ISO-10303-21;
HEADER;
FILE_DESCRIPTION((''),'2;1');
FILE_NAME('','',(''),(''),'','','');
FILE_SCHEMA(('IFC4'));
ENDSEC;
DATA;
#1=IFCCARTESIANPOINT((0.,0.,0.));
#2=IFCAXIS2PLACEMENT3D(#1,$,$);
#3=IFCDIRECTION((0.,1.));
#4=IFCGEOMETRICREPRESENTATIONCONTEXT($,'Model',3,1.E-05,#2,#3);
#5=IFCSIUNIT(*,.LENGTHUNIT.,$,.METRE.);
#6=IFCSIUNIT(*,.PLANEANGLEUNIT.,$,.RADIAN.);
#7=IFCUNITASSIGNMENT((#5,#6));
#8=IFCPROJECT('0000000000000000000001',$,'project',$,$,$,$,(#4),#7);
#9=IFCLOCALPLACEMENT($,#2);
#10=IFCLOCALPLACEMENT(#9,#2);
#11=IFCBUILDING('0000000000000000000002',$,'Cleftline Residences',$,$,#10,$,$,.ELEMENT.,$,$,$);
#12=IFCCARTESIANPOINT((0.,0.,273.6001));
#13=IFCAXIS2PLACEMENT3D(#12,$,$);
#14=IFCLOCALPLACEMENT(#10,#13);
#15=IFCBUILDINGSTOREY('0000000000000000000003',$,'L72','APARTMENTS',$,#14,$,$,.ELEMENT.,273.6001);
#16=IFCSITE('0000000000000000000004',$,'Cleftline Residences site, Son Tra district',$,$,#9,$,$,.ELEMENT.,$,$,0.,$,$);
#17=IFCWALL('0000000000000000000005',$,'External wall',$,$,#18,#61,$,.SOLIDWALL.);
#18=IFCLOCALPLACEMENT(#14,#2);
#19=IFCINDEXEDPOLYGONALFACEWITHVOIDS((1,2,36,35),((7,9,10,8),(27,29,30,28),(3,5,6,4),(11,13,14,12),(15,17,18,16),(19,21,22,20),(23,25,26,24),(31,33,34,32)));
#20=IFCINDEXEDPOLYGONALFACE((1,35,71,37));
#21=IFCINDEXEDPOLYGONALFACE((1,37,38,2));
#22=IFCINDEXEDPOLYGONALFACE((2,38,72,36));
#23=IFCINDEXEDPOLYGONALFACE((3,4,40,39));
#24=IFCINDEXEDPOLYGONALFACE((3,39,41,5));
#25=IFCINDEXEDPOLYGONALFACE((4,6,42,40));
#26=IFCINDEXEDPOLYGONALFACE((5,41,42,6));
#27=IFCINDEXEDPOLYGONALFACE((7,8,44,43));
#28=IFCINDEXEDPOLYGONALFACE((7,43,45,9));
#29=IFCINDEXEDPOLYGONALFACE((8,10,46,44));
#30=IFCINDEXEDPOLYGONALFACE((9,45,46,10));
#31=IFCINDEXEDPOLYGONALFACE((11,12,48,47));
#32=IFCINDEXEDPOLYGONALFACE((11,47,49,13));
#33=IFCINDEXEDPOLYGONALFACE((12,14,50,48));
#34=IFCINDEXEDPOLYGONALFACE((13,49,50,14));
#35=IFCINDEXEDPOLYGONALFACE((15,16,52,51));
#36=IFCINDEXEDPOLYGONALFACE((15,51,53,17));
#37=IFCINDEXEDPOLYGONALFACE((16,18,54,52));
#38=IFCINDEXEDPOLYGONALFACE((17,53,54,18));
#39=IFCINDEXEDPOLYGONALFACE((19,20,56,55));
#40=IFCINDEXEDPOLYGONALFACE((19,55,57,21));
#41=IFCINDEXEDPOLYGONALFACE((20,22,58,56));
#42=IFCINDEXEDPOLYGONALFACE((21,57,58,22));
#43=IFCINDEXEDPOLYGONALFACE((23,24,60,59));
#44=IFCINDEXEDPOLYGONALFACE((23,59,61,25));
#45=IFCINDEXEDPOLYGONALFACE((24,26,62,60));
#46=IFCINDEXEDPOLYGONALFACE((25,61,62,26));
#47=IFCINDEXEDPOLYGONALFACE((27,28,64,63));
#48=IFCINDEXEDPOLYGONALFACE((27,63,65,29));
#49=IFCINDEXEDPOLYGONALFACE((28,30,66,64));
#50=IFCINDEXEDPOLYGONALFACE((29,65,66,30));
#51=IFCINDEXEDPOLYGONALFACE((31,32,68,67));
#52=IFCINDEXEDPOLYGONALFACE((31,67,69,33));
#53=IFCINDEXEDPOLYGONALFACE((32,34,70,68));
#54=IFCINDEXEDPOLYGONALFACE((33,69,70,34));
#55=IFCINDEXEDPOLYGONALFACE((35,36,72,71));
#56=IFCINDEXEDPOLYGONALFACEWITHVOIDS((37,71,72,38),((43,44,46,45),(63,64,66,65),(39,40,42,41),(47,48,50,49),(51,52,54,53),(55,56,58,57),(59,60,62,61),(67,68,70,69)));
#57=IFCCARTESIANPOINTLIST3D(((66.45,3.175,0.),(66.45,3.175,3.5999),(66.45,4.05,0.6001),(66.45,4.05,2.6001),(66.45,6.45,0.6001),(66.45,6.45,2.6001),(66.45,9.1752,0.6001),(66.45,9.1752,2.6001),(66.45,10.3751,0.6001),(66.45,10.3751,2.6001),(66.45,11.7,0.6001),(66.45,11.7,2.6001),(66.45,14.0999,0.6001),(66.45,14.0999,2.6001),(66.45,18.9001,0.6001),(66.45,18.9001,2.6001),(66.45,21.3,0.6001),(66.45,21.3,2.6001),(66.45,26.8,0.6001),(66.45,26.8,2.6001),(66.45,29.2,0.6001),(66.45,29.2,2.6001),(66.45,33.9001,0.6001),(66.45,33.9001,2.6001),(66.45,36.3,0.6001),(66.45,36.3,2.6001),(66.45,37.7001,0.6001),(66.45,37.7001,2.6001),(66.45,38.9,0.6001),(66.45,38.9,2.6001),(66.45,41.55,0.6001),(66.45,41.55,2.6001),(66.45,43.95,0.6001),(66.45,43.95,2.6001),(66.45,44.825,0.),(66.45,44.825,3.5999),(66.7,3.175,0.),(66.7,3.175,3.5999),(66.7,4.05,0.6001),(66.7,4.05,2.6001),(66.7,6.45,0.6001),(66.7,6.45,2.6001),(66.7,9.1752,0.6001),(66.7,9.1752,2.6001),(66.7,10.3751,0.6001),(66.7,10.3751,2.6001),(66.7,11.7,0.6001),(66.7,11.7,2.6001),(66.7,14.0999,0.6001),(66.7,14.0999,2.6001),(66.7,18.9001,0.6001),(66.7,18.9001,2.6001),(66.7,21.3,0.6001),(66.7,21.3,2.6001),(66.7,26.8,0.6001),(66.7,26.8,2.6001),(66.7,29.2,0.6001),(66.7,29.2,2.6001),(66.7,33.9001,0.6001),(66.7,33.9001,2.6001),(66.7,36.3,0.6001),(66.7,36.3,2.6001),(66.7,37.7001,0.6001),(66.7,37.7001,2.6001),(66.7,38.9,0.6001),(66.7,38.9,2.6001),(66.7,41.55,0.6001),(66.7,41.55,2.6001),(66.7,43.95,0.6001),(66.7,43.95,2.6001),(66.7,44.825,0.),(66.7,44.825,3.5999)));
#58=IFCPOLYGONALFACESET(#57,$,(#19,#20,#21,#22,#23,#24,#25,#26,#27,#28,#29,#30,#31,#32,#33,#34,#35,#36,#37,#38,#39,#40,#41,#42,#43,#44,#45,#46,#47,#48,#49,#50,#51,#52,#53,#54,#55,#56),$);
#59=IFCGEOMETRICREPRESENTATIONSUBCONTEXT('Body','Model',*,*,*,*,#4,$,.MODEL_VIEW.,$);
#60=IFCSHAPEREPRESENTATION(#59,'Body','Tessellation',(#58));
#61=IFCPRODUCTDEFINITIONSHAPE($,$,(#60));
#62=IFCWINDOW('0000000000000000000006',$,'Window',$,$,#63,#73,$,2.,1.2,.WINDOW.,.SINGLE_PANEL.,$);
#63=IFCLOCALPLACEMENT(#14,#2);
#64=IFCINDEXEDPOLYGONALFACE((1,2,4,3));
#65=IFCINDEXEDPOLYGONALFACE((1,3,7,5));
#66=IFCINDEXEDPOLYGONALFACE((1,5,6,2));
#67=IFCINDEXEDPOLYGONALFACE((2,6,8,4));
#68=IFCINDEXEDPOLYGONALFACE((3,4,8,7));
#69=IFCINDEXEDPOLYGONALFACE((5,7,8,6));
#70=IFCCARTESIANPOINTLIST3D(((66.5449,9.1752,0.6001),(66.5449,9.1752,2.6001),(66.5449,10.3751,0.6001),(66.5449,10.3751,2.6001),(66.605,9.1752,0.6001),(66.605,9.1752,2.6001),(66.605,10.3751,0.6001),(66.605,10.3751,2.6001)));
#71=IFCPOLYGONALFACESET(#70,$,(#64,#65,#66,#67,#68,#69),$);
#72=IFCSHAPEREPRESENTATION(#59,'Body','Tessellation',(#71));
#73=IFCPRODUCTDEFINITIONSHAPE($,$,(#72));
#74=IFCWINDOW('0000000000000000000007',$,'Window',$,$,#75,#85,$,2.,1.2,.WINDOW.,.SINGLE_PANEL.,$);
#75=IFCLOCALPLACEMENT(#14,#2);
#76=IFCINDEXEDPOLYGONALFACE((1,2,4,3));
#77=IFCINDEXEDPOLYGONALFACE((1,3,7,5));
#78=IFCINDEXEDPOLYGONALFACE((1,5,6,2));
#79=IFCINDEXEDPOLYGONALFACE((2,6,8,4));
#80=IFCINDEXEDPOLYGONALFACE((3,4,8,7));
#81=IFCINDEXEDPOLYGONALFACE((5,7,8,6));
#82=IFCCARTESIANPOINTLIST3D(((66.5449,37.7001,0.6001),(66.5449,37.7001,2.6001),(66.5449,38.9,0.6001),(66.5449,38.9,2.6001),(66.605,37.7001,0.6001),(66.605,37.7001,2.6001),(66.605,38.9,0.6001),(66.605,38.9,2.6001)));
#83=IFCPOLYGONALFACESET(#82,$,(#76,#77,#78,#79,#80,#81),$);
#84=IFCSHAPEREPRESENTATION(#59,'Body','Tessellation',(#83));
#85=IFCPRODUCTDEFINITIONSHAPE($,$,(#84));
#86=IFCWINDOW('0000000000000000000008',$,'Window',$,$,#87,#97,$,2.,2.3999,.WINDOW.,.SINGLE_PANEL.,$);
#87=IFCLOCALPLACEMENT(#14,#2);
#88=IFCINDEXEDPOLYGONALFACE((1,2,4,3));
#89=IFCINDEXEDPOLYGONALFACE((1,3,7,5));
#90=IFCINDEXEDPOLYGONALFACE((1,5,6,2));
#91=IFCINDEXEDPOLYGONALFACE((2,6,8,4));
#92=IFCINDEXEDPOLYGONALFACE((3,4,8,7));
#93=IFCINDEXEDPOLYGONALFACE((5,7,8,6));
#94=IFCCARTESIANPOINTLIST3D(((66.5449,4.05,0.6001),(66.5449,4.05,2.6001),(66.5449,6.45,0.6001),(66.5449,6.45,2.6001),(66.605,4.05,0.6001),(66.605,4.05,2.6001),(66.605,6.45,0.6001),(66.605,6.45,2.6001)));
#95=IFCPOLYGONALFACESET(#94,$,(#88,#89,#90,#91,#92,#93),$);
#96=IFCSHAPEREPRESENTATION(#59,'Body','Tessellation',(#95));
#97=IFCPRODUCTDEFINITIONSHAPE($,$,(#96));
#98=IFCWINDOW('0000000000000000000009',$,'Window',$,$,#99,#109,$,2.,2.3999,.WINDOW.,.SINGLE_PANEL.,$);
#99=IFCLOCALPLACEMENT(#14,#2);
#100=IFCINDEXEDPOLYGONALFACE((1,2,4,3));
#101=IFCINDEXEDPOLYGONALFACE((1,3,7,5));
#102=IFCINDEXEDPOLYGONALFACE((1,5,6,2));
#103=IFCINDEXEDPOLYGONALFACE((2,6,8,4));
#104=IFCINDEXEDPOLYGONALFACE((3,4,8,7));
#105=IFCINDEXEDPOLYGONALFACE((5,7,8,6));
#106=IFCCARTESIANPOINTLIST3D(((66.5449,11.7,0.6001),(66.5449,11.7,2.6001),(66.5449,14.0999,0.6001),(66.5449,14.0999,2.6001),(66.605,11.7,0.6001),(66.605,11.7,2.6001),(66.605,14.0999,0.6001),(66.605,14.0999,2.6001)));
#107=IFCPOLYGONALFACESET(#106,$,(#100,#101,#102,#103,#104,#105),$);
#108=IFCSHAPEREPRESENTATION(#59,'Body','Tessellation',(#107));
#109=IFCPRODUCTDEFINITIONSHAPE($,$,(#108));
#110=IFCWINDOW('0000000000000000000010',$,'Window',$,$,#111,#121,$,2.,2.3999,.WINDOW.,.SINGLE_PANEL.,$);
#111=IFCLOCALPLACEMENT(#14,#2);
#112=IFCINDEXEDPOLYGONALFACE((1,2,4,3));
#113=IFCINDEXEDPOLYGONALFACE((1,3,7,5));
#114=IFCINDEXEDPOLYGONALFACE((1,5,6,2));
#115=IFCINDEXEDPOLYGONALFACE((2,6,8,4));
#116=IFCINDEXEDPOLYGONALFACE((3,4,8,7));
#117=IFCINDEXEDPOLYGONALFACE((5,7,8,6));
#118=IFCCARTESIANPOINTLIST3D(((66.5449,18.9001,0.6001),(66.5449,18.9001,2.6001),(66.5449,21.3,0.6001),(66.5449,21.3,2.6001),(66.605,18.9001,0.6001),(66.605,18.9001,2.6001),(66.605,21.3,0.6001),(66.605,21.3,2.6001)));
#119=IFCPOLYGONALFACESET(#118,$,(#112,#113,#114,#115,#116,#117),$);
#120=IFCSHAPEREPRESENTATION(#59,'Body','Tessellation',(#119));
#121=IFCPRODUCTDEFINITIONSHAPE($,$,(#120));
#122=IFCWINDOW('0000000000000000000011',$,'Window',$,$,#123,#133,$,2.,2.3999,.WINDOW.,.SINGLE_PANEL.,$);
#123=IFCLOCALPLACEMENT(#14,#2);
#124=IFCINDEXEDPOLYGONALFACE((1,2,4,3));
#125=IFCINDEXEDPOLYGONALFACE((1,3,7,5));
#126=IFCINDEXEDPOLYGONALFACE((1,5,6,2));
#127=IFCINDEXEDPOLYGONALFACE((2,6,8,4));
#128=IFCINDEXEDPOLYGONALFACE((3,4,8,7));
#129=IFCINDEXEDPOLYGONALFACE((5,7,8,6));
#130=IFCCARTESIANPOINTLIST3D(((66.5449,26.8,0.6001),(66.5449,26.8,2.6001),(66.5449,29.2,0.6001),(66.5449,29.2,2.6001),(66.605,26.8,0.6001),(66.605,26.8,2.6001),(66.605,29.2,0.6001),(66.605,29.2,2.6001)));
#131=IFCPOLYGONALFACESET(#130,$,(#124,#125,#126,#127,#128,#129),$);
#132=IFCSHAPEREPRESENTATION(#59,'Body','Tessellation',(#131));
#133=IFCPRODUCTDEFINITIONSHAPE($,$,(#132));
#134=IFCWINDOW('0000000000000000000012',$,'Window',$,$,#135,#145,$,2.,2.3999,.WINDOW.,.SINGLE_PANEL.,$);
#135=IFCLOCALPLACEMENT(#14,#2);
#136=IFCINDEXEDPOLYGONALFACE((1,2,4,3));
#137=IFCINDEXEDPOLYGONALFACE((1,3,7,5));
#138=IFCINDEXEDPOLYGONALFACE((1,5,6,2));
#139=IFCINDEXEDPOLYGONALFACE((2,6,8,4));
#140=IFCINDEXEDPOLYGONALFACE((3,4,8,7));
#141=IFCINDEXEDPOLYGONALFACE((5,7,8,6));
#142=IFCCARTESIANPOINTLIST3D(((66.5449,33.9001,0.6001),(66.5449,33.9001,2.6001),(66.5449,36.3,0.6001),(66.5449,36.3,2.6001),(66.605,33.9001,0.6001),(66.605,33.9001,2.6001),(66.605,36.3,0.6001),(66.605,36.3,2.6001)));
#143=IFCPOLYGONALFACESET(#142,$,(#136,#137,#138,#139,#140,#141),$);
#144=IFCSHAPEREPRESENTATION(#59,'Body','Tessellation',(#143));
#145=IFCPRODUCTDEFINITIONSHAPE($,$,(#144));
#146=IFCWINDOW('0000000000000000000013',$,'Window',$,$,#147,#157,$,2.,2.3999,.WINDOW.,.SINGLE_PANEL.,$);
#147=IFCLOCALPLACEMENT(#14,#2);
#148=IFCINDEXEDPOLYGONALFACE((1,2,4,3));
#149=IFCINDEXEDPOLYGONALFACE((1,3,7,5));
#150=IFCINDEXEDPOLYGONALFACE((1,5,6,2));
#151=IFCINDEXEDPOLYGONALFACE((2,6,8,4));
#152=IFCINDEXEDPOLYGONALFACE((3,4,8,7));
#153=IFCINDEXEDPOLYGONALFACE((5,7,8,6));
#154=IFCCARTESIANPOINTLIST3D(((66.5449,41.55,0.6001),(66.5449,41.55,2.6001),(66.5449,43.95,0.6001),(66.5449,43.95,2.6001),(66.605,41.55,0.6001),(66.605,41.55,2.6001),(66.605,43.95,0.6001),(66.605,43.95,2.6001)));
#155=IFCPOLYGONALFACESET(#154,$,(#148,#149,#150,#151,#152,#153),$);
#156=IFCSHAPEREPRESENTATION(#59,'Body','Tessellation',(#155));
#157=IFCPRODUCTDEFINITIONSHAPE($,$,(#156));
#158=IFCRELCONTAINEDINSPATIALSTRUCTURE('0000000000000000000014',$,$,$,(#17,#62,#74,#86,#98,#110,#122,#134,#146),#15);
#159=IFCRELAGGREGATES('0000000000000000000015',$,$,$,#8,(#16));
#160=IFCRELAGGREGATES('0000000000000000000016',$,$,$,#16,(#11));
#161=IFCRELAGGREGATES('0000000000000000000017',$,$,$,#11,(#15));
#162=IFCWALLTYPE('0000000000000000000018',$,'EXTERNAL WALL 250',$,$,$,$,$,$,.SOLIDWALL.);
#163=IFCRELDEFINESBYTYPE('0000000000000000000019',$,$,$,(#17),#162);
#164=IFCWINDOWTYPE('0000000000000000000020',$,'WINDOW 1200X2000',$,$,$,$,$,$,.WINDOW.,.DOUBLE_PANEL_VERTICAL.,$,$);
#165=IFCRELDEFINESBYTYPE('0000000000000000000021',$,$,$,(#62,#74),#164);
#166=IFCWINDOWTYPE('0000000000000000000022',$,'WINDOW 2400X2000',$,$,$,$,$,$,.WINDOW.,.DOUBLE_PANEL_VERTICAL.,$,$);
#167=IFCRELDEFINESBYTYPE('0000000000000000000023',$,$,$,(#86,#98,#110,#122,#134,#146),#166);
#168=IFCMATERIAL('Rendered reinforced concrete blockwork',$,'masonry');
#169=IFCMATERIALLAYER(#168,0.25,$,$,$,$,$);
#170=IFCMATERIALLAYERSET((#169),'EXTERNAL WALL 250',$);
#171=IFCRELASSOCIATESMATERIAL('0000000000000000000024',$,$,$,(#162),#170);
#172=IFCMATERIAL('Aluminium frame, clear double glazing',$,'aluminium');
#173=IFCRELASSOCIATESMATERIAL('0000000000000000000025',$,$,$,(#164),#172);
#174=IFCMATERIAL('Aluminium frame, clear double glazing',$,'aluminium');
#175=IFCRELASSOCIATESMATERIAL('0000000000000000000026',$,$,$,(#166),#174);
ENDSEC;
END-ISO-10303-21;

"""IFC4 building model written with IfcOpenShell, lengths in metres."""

from ifc_helpers import new_model, si_unit, direction, frame, frame_2d, origin, place, context, subcontext, project, spatial, rectangle, extrude, material, layer, layer_set, type_object, element, fill, save


model = new_model("IFC4")

# Units and contexts
model_context = context("Model", 3, precision=1e-05, world=origin(), true_north=direction((0.0, 1.0)))
body_context = subcontext(model_context, "Body", "Model", "MODEL_VIEW")
ifc_project = project(units=[si_unit("LENGTHUNIT", "METRE"), si_unit("PLANEANGLEUNIT", "RADIAN")], contexts=[model_context])

# Site, building, storey
site_placement = place(None, origin())
site = spatial("IfcSite", under=ifc_project, at=site_placement, Name="Cleftline Residences site, Son Tra district", CompositionType="ELEMENT", RefElevation=0.0)
building_placement = place(site_placement, origin())
building = spatial("IfcBuilding", under=site, at=building_placement, Name="Cleftline Residences", CompositionType="ELEMENT")
storey_placement = place(building_placement, frame((0.0, 0.0, 273.6001)))
storey = spatial("IfcBuildingStorey", under=building, at=storey_placement, Name="L72", Description="APARTMENTS", CompositionType="ELEMENT", Elevation=273.6001)

# Wall, openings, windows
ifc_material_1 = material(Name="Rendered reinforced concrete blockwork", Category="masonry")
ifc_layer_1 = layer(ifc_material_1, 0.25)
ifc_layer_set_1 = layer_set([ifc_layer_1], Name="EXTERNAL WALL 250")
wall_type = type_object("IfcWallType", Name="EXTERNAL WALL 250", PredefinedType="SOLIDWALL", material=ifc_layer_set_1)
wall_placement = place(storey_placement, frame((66.575, 3.175, 0.0), z_axis=(0.0, 0.0, 1.0), x_axis=(0.0, 1.0, 0.0)))
wall = element("IfcWall", 1, at=wall_placement, inside=storey, type_object=wall_type, Name="External wall", PredefinedType="SOLIDWALL", context=body_context, shape_type="SweptSolid", body=[
    extrude(rectangle(XDim=41.6499, YDim=0.25, at=frame_2d((20.825, 0.0))), origin(), (0.0, 0.0, 1.0), 3.5999),
])
opening_1_placement = place(wall_placement, frame((0.875, 0.0, 0.6001)))
opening_1 = element("IfcOpeningElement", 2, at=opening_1_placement, cuts=wall, PredefinedType="OPENING", context=body_context, shape_type="SweptSolid", body=[
    extrude(rectangle(XDim=2.3999, YDim=2.0, at=frame_2d((1.2, 1.0))), frame((0.0, 0.135, 0.0), z_axis=(0.0, -1.0, 0.0), x_axis=(1.0, 0.0, 0.0)), (0.0, 0.0, 1.0), 0.27),
])
opening_2_placement = place(wall_placement, frame((6.0, 0.0, 0.6001)))
opening_2 = element("IfcOpeningElement", 3, at=opening_2_placement, cuts=wall, PredefinedType="OPENING", context=body_context, shape_type="SweptSolid", body=[
    extrude(rectangle(XDim=1.2, YDim=2.0, at=frame_2d((0.6001, 1.0))), frame((0.0, 0.135, 0.0), z_axis=(0.0, -1.0, 0.0), x_axis=(1.0, 0.0, 0.0)), (0.0, 0.0, 1.0), 0.27),
])
opening_3_placement = place(wall_placement, frame((8.5249, 0.0, 0.6001)))
opening_3 = element("IfcOpeningElement", 4, at=opening_3_placement, cuts=wall, PredefinedType="OPENING", context=body_context, shape_type="SweptSolid", body=[
    extrude(rectangle(XDim=2.3999, YDim=2.0, at=frame_2d((1.2, 1.0))), frame((0.0, 0.135, 0.0), z_axis=(0.0, -1.0, 0.0), x_axis=(1.0, 0.0, 0.0)), (0.0, 0.0, 1.0), 0.27),
])
opening_4_placement = place(wall_placement, frame((15.7251, 0.0, 0.6001)))
opening_4 = element("IfcOpeningElement", 5, at=opening_4_placement, cuts=wall, PredefinedType="OPENING", context=body_context, shape_type="SweptSolid", body=[
    extrude(rectangle(XDim=2.3999, YDim=2.0, at=frame_2d((1.2, 1.0))), frame((0.0, 0.135, 0.0), z_axis=(0.0, -1.0, 0.0), x_axis=(1.0, 0.0, 0.0)), (0.0, 0.0, 1.0), 0.27),
])
opening_5_placement = place(wall_placement, frame((23.625, 0.0, 0.6001)))
opening_5 = element("IfcOpeningElement", 6, at=opening_5_placement, cuts=wall, PredefinedType="OPENING", context=body_context, shape_type="SweptSolid", body=[
    extrude(rectangle(XDim=2.3999, YDim=2.0, at=frame_2d((1.2, 1.0))), frame((0.0, 0.135, 0.0), z_axis=(0.0, -1.0, 0.0), x_axis=(1.0, 0.0, 0.0)), (0.0, 0.0, 1.0), 0.27),
])
opening_6_placement = place(wall_placement, frame((30.7251, 0.0, 0.6001)))
opening_6 = element("IfcOpeningElement", 7, at=opening_6_placement, cuts=wall, PredefinedType="OPENING", context=body_context, shape_type="SweptSolid", body=[
    extrude(rectangle(XDim=2.3999, YDim=2.0, at=frame_2d((1.2, 1.0))), frame((0.0, 0.135, 0.0), z_axis=(0.0, -1.0, 0.0), x_axis=(1.0, 0.0, 0.0)), (0.0, 0.0, 1.0), 0.27),
])
opening_7_placement = place(wall_placement, frame((34.5249, 0.0, 0.6001)))
opening_7 = element("IfcOpeningElement", 8, at=opening_7_placement, cuts=wall, PredefinedType="OPENING", context=body_context, shape_type="SweptSolid", body=[
    extrude(rectangle(XDim=1.2, YDim=2.0, at=frame_2d((0.6001, 1.0))), frame((0.0, 0.135, 0.0), z_axis=(0.0, -1.0, 0.0), x_axis=(1.0, 0.0, 0.0)), (0.0, 0.0, 1.0), 0.27),
])
opening_8_placement = place(wall_placement, frame((38.375, 0.0, 0.6001)))
opening_8 = element("IfcOpeningElement", 9, at=opening_8_placement, cuts=wall, PredefinedType="OPENING", context=body_context, shape_type="SweptSolid", body=[
    extrude(rectangle(XDim=2.3999, YDim=2.0, at=frame_2d((1.2, 1.0))), frame((0.0, 0.135, 0.0), z_axis=(0.0, -1.0, 0.0), x_axis=(1.0, 0.0, 0.0)), (0.0, 0.0, 1.0), 0.27),
])
ifc_material_2 = material(Name="Aluminium frame, clear double glazing", Category="aluminium")
window_type_1 = type_object("IfcWindowType", Name="WINDOW 1200X2000", PartitioningType="DOUBLE_PANEL_VERTICAL", PredefinedType="WINDOW", material=ifc_material_2)
window_1_placement = place(opening_2_placement, origin())
window_1 = element("IfcWindow", 10, at=window_1_placement, inside=storey, type_object=window_type_1, Name="Window", OverallHeight=2.0, OverallWidth=1.2, PartitioningType="SINGLE_PANEL", PredefinedType="WINDOW", context=body_context, shape_type="SweptSolid", body=[
    extrude(rectangle(XDim=1.2, YDim=2.0, at=frame_2d((0.6001, 1.0))), frame((0.0, 0.03, 0.0), z_axis=(0.0, -1.0, 0.0), x_axis=(1.0, 0.0, 0.0)), (0.0, 0.0, 1.0), 0.0601),
])
fill(opening_2, window_1)
window_2_placement = place(opening_7_placement, origin())
window_2 = element("IfcWindow", 11, at=window_2_placement, inside=storey, type_object=window_type_1, Name="Window", OverallHeight=2.0, OverallWidth=1.2, PartitioningType="SINGLE_PANEL", PredefinedType="WINDOW", context=body_context, shape_type="SweptSolid", body=[
    extrude(rectangle(XDim=1.2, YDim=2.0, at=frame_2d((0.6001, 1.0))), frame((0.0, 0.03, 0.0), z_axis=(0.0, -1.0, 0.0), x_axis=(1.0, 0.0, 0.0)), (0.0, 0.0, 1.0), 0.0601),
])
fill(opening_7, window_2)
ifc_material_3 = material(Name="Aluminium frame, clear double glazing", Category="aluminium")
window_type_2 = type_object("IfcWindowType", Name="WINDOW 2400X2000", PartitioningType="DOUBLE_PANEL_VERTICAL", PredefinedType="WINDOW", material=ifc_material_3)
window_3_placement = place(opening_1_placement, origin())
window_3 = element("IfcWindow", 12, at=window_3_placement, inside=storey, type_object=window_type_2, Name="Window", OverallHeight=2.0, OverallWidth=2.3999, PartitioningType="SINGLE_PANEL", PredefinedType="WINDOW", context=body_context, shape_type="SweptSolid", body=[
    extrude(rectangle(XDim=2.3999, YDim=2.0, at=frame_2d((1.2, 1.0))), frame((0.0, 0.03, 0.0), z_axis=(0.0, -1.0, 0.0), x_axis=(1.0, 0.0, 0.0)), (0.0, 0.0, 1.0), 0.0601),
])
fill(opening_1, window_3)
window_4_placement = place(opening_3_placement, origin())
window_4 = element("IfcWindow", 13, at=window_4_placement, inside=storey, type_object=window_type_2, Name="Window", OverallHeight=2.0, OverallWidth=2.3999, PartitioningType="SINGLE_PANEL", PredefinedType="WINDOW", context=body_context, shape_type="SweptSolid", body=[
    extrude(rectangle(XDim=2.3999, YDim=2.0, at=frame_2d((1.2, 1.0))), frame((0.0, 0.03, 0.0), z_axis=(0.0, -1.0, 0.0), x_axis=(1.0, 0.0, 0.0)), (0.0, 0.0, 1.0), 0.0601),
])
fill(opening_3, window_4)
window_5_placement = place(opening_4_placement, origin())
window_5 = element("IfcWindow", 14, at=window_5_placement, inside=storey, type_object=window_type_2, Name="Window", OverallHeight=2.0, OverallWidth=2.3999, PartitioningType="SINGLE_PANEL", PredefinedType="WINDOW", context=body_context, shape_type="SweptSolid", body=[
    extrude(rectangle(XDim=2.3999, YDim=2.0, at=frame_2d((1.2, 1.0))), frame((0.0, 0.03, 0.0), z_axis=(0.0, -1.0, 0.0), x_axis=(1.0, 0.0, 0.0)), (0.0, 0.0, 1.0), 0.0601),
])
fill(opening_4, window_5)
window_6_placement = place(opening_5_placement, origin())
window_6 = element("IfcWindow", 15, at=window_6_placement, inside=storey, type_object=window_type_2, Name="Window", OverallHeight=2.0, OverallWidth=2.3999, PartitioningType="SINGLE_PANEL", PredefinedType="WINDOW", context=body_context, shape_type="SweptSolid", body=[
    extrude(rectangle(XDim=2.3999, YDim=2.0, at=frame_2d((1.2, 1.0))), frame((0.0, 0.03, 0.0), z_axis=(0.0, -1.0, 0.0), x_axis=(1.0, 0.0, 0.0)), (0.0, 0.0, 1.0), 0.0601),
])
fill(opening_5, window_6)
window_7_placement = place(opening_6_placement, origin())
window_7 = element("IfcWindow", 16, at=window_7_placement, inside=storey, type_object=window_type_2, Name="Window", OverallHeight=2.0, OverallWidth=2.3999, PartitioningType="SINGLE_PANEL", PredefinedType="WINDOW", context=body_context, shape_type="SweptSolid", body=[
    extrude(rectangle(XDim=2.3999, YDim=2.0, at=frame_2d((1.2, 1.0))), frame((0.0, 0.03, 0.0), z_axis=(0.0, -1.0, 0.0), x_axis=(1.0, 0.0, 0.0)), (0.0, 0.0, 1.0), 0.0601),
])
fill(opening_6, window_7)
window_8_placement = place(opening_8_placement, origin())
window_8 = element("IfcWindow", 17, at=window_8_placement, inside=storey, type_object=window_type_2, Name="Window", OverallHeight=2.0, OverallWidth=2.3999, PartitioningType="SINGLE_PANEL", PredefinedType="WINDOW", context=body_context, shape_type="SweptSolid", body=[
    extrude(rectangle(XDim=2.3999, YDim=2.0, at=frame_2d((1.2, 1.0))), frame((0.0, 0.03, 0.0), z_axis=(0.0, -1.0, 0.0), x_axis=(1.0, 0.0, 0.0)), (0.0, 0.0, 1.0), 0.0601),
])
fill(opening_8, window_8)

save(model, "model.ifc")
